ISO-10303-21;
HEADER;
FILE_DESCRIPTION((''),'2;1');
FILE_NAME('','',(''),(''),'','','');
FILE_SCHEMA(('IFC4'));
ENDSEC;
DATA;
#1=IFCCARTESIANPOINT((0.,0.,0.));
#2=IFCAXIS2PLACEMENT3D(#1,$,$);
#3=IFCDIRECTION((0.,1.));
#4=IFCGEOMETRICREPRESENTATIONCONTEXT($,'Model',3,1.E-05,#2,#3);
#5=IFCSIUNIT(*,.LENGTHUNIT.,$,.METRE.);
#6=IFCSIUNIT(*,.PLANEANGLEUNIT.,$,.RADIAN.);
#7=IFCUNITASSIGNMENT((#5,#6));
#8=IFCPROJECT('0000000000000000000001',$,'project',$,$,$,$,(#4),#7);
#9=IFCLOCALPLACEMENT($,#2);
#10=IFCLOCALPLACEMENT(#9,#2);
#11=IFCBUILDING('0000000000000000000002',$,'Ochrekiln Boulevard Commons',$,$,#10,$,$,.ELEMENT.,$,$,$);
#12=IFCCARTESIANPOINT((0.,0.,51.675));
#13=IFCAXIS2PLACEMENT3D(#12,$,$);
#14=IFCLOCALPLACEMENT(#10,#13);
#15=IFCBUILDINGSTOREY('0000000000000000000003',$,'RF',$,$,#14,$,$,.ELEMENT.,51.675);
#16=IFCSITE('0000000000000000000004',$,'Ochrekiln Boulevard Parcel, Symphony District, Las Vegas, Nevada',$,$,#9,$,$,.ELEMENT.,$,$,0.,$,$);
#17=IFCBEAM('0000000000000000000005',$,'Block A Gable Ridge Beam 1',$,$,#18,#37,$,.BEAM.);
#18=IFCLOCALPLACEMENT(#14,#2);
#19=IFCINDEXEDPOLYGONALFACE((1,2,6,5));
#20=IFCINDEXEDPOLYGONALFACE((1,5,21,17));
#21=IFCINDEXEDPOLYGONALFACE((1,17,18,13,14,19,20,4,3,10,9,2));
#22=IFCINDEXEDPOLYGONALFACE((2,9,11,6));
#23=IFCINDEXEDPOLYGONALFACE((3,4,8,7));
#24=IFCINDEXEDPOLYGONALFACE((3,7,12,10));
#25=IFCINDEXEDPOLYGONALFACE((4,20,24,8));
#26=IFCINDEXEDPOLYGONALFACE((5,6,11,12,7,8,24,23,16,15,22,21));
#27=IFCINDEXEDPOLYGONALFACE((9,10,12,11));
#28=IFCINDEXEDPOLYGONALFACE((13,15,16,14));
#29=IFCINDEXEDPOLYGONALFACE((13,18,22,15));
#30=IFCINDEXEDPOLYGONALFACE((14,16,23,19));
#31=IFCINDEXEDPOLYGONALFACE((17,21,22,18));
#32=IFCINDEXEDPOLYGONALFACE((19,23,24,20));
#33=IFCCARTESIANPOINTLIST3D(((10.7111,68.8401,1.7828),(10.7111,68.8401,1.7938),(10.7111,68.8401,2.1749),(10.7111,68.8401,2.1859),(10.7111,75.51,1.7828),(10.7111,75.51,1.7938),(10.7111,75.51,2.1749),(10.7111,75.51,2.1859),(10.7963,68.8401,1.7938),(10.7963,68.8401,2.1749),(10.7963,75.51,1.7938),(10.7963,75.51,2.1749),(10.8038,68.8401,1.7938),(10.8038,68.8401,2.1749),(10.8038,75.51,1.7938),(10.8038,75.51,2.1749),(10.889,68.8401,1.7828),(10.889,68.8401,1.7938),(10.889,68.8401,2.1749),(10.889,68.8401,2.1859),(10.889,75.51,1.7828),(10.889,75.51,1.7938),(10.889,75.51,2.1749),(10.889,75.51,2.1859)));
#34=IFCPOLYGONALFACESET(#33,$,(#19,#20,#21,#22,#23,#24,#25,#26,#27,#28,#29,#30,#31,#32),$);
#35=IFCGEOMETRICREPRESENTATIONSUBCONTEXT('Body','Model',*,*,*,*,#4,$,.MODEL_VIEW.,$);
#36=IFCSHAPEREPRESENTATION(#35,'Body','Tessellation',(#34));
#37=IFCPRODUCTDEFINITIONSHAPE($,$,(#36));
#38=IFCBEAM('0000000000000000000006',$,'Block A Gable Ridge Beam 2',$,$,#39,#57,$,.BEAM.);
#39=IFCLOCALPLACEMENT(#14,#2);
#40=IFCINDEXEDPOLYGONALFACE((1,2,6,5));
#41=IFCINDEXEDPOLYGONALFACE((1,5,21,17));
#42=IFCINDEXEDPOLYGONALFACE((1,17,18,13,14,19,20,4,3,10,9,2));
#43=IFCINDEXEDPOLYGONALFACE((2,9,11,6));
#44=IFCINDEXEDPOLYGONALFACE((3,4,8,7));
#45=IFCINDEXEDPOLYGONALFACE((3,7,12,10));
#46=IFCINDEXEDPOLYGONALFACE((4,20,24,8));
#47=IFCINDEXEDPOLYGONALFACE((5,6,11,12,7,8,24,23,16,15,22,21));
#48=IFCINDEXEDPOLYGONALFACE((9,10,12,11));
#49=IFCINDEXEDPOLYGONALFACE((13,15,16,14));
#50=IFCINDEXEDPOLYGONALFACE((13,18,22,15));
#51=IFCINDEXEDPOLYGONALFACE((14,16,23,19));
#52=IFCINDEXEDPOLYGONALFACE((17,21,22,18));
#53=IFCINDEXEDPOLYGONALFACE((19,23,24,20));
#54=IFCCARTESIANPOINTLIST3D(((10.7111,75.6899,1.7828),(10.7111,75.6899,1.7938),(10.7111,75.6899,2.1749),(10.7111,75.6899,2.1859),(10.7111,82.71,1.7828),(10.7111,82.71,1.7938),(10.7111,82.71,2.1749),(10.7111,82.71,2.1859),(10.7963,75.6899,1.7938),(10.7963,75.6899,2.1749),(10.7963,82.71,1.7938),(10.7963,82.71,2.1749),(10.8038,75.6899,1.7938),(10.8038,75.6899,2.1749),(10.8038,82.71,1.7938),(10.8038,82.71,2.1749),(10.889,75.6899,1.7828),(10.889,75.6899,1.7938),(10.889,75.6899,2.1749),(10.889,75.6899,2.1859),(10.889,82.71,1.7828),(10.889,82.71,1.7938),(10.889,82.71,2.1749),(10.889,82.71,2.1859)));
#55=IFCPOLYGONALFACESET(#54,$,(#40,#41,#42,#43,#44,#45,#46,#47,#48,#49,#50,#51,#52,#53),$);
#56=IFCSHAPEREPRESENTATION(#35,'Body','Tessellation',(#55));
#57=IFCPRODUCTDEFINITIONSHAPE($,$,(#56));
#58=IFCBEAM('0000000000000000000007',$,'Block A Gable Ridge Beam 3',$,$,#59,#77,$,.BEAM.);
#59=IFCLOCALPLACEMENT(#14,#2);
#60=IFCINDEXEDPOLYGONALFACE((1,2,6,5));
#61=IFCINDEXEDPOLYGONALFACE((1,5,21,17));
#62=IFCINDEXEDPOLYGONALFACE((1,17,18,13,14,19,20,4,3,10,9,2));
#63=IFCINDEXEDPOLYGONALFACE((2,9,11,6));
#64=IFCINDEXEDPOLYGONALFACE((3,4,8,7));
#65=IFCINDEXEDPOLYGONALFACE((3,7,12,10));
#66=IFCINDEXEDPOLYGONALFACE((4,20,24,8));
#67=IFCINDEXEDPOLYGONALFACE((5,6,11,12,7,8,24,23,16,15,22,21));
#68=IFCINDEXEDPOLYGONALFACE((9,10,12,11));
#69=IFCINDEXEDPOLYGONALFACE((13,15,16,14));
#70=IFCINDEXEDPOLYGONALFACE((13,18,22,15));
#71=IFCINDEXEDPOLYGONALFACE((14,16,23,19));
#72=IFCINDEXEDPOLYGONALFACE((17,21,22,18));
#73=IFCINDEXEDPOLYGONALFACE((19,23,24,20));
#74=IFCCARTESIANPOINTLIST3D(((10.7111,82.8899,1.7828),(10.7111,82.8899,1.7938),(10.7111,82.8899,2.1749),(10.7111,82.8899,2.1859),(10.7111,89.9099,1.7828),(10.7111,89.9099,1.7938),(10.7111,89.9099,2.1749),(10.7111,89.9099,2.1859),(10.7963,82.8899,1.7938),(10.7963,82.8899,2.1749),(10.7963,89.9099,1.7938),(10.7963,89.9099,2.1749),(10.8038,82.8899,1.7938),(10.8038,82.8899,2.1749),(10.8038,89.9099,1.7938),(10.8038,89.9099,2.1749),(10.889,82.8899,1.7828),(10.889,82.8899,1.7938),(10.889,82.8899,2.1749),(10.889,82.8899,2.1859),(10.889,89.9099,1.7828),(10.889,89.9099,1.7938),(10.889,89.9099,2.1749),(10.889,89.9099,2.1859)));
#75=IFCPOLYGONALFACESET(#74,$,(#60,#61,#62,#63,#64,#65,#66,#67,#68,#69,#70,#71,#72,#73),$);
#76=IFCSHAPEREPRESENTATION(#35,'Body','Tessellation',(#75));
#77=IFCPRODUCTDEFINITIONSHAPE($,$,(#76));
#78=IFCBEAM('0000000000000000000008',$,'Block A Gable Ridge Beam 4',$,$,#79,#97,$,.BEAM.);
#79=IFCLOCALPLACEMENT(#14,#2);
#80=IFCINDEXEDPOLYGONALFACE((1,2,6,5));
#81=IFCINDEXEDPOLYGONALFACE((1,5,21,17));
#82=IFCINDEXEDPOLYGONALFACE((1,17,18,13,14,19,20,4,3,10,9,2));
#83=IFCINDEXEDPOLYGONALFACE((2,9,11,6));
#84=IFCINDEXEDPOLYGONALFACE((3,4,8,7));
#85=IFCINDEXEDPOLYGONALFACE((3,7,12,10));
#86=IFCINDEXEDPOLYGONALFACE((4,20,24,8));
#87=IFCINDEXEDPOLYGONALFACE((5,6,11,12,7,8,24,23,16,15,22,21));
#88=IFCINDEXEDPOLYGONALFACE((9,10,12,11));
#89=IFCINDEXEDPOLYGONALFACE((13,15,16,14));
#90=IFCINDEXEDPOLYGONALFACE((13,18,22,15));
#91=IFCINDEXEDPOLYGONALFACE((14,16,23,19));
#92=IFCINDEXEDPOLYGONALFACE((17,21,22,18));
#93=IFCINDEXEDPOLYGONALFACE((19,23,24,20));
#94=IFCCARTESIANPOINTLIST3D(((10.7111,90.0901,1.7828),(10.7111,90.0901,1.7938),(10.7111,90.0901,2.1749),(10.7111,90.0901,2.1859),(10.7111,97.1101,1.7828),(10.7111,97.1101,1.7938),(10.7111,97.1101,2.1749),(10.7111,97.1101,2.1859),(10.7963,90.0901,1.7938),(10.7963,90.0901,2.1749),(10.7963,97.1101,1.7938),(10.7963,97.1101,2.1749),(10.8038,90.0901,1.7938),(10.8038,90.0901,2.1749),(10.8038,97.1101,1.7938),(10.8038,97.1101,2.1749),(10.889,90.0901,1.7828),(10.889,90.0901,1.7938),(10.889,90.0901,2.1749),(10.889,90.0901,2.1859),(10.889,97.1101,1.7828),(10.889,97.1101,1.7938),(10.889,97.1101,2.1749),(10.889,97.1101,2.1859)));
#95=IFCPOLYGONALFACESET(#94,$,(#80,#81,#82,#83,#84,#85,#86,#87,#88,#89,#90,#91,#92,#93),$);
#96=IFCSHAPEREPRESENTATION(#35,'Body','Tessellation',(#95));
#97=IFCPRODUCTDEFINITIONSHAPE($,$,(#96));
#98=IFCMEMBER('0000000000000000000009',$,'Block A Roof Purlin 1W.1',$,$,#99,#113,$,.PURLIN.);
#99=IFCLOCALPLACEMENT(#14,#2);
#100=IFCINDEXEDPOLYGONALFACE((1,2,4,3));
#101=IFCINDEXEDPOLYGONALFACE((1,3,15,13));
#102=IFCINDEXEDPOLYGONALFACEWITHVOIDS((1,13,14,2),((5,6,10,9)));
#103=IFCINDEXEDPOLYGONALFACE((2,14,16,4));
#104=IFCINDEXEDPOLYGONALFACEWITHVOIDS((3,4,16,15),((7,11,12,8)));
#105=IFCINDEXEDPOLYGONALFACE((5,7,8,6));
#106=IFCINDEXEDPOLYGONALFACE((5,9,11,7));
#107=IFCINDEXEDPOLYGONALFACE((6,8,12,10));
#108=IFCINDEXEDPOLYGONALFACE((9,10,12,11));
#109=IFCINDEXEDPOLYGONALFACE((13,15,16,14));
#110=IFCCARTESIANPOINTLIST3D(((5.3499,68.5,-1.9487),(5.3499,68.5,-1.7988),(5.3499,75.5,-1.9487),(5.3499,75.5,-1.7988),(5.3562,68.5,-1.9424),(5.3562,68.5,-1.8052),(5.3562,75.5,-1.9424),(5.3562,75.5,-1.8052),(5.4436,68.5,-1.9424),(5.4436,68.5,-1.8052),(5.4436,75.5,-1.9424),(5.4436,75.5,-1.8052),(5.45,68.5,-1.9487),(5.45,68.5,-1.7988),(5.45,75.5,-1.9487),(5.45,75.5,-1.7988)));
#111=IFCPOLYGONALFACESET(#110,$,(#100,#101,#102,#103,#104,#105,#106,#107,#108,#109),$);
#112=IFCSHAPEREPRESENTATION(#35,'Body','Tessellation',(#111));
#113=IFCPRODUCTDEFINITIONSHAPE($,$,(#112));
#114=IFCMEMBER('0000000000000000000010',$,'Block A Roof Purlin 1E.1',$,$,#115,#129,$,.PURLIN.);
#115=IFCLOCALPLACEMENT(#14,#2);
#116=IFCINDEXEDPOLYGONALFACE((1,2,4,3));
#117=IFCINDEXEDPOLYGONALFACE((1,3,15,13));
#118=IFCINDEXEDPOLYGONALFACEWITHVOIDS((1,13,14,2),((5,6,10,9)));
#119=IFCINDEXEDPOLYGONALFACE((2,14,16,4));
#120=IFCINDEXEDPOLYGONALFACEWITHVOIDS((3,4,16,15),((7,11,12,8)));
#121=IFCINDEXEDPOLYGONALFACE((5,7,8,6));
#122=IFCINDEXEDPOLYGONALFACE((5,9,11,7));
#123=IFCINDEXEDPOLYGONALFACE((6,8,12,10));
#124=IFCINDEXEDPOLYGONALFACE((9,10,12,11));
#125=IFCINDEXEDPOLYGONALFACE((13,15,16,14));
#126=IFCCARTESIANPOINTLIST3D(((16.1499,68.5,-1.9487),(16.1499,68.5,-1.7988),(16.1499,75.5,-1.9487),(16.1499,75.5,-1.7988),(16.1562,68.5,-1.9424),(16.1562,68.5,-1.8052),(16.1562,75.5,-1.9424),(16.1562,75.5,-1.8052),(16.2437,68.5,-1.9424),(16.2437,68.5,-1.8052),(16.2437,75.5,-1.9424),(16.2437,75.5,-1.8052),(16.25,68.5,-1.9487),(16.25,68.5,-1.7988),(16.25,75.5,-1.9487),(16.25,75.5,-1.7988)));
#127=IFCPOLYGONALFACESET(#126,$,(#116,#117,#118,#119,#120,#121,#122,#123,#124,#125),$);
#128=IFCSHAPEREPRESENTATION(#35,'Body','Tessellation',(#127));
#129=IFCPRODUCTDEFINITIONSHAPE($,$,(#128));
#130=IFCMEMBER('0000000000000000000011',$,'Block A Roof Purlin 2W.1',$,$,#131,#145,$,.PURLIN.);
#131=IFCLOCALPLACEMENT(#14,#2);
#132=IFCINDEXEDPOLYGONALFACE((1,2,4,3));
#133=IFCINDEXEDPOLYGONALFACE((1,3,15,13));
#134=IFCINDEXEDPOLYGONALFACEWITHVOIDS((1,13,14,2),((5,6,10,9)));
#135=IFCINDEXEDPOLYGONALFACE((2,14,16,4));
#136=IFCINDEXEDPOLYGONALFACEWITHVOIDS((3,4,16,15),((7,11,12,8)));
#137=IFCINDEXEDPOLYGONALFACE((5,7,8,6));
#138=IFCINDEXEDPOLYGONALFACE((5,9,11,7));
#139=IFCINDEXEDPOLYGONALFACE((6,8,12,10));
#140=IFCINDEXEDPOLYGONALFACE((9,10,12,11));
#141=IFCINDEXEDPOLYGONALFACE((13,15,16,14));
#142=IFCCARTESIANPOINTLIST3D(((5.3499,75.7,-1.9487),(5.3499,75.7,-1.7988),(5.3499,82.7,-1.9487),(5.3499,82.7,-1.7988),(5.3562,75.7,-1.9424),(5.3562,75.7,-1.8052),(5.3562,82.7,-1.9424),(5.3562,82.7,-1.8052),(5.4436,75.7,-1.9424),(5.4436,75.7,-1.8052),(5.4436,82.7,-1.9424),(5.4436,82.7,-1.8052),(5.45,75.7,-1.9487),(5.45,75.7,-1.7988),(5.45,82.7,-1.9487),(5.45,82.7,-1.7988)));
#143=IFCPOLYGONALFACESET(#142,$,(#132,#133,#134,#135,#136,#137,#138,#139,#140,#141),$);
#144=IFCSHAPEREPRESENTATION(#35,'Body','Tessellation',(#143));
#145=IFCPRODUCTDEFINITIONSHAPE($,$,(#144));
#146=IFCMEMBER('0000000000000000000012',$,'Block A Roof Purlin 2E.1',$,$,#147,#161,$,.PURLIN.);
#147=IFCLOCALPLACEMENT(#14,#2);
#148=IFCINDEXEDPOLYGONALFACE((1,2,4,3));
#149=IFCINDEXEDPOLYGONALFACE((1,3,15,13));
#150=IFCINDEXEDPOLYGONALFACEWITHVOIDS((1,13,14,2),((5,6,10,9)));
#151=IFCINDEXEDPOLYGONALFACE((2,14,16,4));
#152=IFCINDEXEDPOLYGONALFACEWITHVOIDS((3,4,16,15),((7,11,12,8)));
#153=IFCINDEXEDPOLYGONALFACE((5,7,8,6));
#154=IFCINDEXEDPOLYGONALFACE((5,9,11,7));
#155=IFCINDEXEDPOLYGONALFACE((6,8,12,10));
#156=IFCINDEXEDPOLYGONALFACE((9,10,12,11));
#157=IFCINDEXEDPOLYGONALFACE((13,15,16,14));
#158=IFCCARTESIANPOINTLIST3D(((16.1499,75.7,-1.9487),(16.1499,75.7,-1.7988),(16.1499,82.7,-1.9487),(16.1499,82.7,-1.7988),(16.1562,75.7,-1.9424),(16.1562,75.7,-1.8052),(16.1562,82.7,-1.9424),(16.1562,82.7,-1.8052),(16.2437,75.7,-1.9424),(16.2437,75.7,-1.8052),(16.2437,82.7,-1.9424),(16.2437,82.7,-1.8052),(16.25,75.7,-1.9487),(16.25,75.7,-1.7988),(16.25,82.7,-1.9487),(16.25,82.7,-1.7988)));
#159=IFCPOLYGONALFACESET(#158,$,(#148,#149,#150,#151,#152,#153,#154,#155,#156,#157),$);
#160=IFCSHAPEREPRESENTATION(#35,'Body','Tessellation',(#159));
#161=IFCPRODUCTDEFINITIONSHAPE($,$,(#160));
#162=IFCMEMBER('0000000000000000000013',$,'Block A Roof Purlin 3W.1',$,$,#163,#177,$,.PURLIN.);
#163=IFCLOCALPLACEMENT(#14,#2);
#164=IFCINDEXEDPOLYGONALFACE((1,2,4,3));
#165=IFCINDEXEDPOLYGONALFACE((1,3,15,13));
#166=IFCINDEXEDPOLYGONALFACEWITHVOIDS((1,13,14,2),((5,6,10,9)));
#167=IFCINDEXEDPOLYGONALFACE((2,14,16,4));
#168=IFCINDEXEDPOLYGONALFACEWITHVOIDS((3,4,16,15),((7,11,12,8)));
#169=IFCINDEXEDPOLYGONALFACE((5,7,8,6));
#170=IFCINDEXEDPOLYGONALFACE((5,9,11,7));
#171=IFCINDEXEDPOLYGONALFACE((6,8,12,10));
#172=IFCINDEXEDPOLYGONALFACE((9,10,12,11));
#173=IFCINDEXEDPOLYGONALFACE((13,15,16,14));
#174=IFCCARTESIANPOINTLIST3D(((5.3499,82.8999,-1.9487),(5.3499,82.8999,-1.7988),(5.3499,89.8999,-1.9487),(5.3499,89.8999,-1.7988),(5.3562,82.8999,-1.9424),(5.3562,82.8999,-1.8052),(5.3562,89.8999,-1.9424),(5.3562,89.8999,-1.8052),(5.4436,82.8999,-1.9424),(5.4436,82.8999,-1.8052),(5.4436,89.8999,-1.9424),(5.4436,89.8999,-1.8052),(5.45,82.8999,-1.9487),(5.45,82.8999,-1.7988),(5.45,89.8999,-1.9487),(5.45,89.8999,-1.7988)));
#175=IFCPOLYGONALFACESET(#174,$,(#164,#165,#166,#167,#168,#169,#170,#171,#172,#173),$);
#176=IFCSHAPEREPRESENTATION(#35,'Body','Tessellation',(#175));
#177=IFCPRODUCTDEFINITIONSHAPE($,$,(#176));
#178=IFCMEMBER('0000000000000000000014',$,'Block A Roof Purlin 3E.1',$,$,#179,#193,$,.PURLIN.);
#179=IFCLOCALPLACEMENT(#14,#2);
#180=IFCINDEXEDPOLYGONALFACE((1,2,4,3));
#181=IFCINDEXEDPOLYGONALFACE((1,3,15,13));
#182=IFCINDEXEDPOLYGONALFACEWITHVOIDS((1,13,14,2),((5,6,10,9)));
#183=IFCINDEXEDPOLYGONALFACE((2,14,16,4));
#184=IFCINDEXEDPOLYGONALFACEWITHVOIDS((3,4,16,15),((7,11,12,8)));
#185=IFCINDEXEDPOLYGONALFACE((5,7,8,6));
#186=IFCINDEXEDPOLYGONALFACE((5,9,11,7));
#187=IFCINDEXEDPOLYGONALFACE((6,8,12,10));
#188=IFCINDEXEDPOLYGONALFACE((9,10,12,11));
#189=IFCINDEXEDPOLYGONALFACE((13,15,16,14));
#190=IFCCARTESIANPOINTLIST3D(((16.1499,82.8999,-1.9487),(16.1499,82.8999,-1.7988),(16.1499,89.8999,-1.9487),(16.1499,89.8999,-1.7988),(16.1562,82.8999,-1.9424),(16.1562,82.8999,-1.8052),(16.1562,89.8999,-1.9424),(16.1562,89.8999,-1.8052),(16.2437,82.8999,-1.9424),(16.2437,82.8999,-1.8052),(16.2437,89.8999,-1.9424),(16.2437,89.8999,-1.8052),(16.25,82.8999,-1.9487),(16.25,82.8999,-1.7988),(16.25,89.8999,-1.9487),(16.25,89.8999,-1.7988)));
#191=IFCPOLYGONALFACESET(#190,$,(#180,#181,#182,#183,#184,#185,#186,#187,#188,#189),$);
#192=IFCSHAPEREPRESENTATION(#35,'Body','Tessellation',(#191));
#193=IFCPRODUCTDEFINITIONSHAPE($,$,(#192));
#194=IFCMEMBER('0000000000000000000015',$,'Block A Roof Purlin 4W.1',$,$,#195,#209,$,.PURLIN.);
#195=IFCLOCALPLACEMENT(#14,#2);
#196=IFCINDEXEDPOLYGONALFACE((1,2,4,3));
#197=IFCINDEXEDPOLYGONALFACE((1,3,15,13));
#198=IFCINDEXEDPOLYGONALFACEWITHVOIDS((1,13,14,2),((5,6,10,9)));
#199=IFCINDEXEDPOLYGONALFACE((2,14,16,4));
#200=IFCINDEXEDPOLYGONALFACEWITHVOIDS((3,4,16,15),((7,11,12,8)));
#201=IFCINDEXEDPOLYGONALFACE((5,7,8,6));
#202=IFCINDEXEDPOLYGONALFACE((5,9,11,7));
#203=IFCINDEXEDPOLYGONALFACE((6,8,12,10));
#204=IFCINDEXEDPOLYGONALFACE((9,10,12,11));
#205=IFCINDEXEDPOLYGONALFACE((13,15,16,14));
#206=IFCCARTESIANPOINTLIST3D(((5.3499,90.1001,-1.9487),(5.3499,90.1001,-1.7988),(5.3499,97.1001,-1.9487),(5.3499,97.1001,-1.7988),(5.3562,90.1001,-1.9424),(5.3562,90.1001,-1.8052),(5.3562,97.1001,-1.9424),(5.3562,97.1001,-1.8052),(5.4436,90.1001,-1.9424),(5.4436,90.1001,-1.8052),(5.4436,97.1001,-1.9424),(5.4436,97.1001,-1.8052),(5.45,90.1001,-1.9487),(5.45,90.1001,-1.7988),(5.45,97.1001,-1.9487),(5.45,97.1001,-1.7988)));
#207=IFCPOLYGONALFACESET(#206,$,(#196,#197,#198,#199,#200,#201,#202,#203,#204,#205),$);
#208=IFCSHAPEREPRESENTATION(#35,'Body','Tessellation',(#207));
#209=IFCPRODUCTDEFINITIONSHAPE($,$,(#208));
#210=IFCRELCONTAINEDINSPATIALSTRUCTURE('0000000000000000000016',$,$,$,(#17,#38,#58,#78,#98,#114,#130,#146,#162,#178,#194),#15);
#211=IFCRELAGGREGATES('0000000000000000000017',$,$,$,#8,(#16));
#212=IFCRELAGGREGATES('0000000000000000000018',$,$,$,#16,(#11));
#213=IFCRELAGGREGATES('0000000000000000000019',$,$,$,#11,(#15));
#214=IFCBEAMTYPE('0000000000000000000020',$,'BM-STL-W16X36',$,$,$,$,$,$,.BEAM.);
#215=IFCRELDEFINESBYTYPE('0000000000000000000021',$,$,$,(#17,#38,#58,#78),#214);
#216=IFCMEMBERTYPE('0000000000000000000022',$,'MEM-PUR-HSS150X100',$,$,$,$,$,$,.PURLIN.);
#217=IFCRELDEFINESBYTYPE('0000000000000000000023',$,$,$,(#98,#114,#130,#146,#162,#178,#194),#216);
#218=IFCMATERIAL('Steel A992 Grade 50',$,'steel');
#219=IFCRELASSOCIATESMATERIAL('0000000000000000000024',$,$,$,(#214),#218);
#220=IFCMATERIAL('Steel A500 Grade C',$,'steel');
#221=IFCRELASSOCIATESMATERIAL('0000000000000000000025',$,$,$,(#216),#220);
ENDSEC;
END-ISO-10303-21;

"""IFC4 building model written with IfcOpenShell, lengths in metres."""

from ifc_helpers import new_model, si_unit, direction, frame, origin, origin_2d, place, context, subcontext, project, spatial, hollow_rectangle, i_section, extrude, material, material_profile, profile_set, type_object, element, save


model = new_model("IFC4")

# Units and contexts
model_context = context("Model", 3, precision=1e-05, world=origin(), true_north=direction((0.0, 1.0)))
body_context = subcontext(model_context, "Body", "Model", "MODEL_VIEW")
ifc_project = project(units=[si_unit("LENGTHUNIT", "METRE"), si_unit("PLANEANGLEUNIT", "RADIAN")], contexts=[model_context])

# Site, building, storey
site_placement = place(None, origin())
site = spatial("IfcSite", under=ifc_project, at=site_placement, Name="Ochrekiln Boulevard Parcel, Symphony District, Las Vegas, Nevada", CompositionType="ELEMENT", RefElevation=0.0)
building_placement = place(site_placement, origin())
building = spatial("IfcBuilding", under=site, at=building_placement, Name="Ochrekiln Boulevard Commons", CompositionType="ELEMENT")
storey_placement = place(building_placement, frame((0.0, 0.0, 51.675)))
storey = spatial("IfcBuildingStorey", under=building, at=storey_placement, Name="RF", CompositionType="ELEMENT", Elevation=51.675)

# Beams
ifc_material_1 = material(Name="Steel A992 Grade 50", Category="steel")
ifc_material_profile_1 = material_profile(ifc_material_1, i_section(OverallWidth=0.178, OverallDepth=0.4031, WebThickness=0.0076, FlangeThickness=0.011, at=origin_2d()), Name="W16X36")
ifc_profile_set_1 = profile_set([ifc_material_profile_1], Name="Steel A992 Grade 50")
beam_type = type_object("IfcBeamType", Name="BM-STL-W16X36", PredefinedType="BEAM", material=ifc_profile_set_1)
beam_placement = place(storey_placement, frame((10.8, 68.8401, 1.9844), z_axis=(0.0, 1.0, 0.0), x_axis=(-1.0, 0.0, 0.0)))
element("IfcBeam", 1, at=beam_placement, inside=storey, type_object=beam_type, Name="Block A Gable Ridge Beam 1", PredefinedType="BEAM", context=body_context, shape_type="SweptSolid", body=[
    extrude(i_section(OverallWidth=0.178, OverallDepth=0.4031, WebThickness=0.0076, FlangeThickness=0.011, at=origin_2d()), origin(), (0.0, 0.0, 1.0), 6.6699),
])
for number, where, z_axis, x_axis, name in (
    (2, (10.8, 75.6899, 1.9844), (0.0, 1.0, 0.0), (-1.0, 0.0, 0.0), "Block A Gable Ridge Beam 2"),
    (3, (10.8, 82.8899, 1.9844), (0.0, 1.0, 0.0), (-1.0, 0.0, 0.0), "Block A Gable Ridge Beam 3"),
    (4, (10.8, 90.0901, 1.9844), (0.0, 1.0, 0.0), (-1.0, 0.0, 0.0), "Block A Gable Ridge Beam 4"),
):
    element("IfcBeam", number, at=place(storey_placement, frame(where, z_axis=z_axis, x_axis=x_axis)), inside=storey, type_object=beam_type, Name=name, PredefinedType="BEAM", context=body_context, shape_type="SweptSolid", body=[
        extrude(i_section(OverallWidth=0.178, OverallDepth=0.4031, WebThickness=0.0076, FlangeThickness=0.011, at=origin_2d()), origin(), (0.0, 0.0, 1.0), 7.02),
    ])

# Members
ifc_material_2 = material(Name="Steel A500 Grade C", Category="steel")
ifc_material_profile_2 = material_profile(ifc_material_2, hollow_rectangle(XDim=0.1001, YDim=0.1499, WallThickness=0.0063, at=origin_2d()), Name="HSS150X100X6.4")
ifc_profile_set_2 = profile_set([ifc_material_profile_2], Name="Steel A500 Grade C")
member_type_1 = type_object("IfcMemberType", Name="MEM-PUR-HSS150X100", PredefinedType="PURLIN", material=ifc_profile_set_2)
for number, where, z_axis, x_axis, name in (
    (5, (5.3999, 68.5, -1.8738), (0.0, 1.0, 0.0), (-1.0, 0.0, 0.0), "Block A Roof Purlin 1W.1"),
    (6, (16.2, 68.5, -1.8738), (0.0, 1.0, 0.0), (-1.0, 0.0, 0.0), "Block A Roof Purlin 1E.1"),
    (7, (5.3999, 75.7, -1.8738), (0.0, 1.0, 0.0), (-1.0, 0.0, 0.0), "Block A Roof Purlin 2W.1"),
    (8, (16.2, 75.7, -1.8738), (0.0, 1.0, 0.0), (-1.0, 0.0, 0.0), "Block A Roof Purlin 2E.1"),
    (9, (5.3999, 82.8999, -1.8738), (0.0, 1.0, 0.0), (-1.0, 0.0, 0.0), "Block A Roof Purlin 3W.1"),
    (10, (16.2, 82.8999, -1.8738), (0.0, 1.0, 0.0), (-1.0, 0.0, 0.0), "Block A Roof Purlin 3E.1"),
    (11, (5.3999, 90.1001, -1.8738), (0.0, 1.0, 0.0), (-1.0, 0.0, 0.0), "Block A Roof Purlin 4W.1"),
):
    element("IfcMember", number, at=place(storey_placement, frame(where, z_axis=z_axis, x_axis=x_axis)), inside=storey, type_object=member_type_1, Name=name, PredefinedType="PURLIN", context=body_context, shape_type="SweptSolid", body=[
        extrude(hollow_rectangle(XDim=0.1001, YDim=0.1499, WallThickness=0.0063, at=origin_2d()), origin(), (0.0, 0.0, 1.0), 7.0),
    ])

save(model, "model.ifc")
